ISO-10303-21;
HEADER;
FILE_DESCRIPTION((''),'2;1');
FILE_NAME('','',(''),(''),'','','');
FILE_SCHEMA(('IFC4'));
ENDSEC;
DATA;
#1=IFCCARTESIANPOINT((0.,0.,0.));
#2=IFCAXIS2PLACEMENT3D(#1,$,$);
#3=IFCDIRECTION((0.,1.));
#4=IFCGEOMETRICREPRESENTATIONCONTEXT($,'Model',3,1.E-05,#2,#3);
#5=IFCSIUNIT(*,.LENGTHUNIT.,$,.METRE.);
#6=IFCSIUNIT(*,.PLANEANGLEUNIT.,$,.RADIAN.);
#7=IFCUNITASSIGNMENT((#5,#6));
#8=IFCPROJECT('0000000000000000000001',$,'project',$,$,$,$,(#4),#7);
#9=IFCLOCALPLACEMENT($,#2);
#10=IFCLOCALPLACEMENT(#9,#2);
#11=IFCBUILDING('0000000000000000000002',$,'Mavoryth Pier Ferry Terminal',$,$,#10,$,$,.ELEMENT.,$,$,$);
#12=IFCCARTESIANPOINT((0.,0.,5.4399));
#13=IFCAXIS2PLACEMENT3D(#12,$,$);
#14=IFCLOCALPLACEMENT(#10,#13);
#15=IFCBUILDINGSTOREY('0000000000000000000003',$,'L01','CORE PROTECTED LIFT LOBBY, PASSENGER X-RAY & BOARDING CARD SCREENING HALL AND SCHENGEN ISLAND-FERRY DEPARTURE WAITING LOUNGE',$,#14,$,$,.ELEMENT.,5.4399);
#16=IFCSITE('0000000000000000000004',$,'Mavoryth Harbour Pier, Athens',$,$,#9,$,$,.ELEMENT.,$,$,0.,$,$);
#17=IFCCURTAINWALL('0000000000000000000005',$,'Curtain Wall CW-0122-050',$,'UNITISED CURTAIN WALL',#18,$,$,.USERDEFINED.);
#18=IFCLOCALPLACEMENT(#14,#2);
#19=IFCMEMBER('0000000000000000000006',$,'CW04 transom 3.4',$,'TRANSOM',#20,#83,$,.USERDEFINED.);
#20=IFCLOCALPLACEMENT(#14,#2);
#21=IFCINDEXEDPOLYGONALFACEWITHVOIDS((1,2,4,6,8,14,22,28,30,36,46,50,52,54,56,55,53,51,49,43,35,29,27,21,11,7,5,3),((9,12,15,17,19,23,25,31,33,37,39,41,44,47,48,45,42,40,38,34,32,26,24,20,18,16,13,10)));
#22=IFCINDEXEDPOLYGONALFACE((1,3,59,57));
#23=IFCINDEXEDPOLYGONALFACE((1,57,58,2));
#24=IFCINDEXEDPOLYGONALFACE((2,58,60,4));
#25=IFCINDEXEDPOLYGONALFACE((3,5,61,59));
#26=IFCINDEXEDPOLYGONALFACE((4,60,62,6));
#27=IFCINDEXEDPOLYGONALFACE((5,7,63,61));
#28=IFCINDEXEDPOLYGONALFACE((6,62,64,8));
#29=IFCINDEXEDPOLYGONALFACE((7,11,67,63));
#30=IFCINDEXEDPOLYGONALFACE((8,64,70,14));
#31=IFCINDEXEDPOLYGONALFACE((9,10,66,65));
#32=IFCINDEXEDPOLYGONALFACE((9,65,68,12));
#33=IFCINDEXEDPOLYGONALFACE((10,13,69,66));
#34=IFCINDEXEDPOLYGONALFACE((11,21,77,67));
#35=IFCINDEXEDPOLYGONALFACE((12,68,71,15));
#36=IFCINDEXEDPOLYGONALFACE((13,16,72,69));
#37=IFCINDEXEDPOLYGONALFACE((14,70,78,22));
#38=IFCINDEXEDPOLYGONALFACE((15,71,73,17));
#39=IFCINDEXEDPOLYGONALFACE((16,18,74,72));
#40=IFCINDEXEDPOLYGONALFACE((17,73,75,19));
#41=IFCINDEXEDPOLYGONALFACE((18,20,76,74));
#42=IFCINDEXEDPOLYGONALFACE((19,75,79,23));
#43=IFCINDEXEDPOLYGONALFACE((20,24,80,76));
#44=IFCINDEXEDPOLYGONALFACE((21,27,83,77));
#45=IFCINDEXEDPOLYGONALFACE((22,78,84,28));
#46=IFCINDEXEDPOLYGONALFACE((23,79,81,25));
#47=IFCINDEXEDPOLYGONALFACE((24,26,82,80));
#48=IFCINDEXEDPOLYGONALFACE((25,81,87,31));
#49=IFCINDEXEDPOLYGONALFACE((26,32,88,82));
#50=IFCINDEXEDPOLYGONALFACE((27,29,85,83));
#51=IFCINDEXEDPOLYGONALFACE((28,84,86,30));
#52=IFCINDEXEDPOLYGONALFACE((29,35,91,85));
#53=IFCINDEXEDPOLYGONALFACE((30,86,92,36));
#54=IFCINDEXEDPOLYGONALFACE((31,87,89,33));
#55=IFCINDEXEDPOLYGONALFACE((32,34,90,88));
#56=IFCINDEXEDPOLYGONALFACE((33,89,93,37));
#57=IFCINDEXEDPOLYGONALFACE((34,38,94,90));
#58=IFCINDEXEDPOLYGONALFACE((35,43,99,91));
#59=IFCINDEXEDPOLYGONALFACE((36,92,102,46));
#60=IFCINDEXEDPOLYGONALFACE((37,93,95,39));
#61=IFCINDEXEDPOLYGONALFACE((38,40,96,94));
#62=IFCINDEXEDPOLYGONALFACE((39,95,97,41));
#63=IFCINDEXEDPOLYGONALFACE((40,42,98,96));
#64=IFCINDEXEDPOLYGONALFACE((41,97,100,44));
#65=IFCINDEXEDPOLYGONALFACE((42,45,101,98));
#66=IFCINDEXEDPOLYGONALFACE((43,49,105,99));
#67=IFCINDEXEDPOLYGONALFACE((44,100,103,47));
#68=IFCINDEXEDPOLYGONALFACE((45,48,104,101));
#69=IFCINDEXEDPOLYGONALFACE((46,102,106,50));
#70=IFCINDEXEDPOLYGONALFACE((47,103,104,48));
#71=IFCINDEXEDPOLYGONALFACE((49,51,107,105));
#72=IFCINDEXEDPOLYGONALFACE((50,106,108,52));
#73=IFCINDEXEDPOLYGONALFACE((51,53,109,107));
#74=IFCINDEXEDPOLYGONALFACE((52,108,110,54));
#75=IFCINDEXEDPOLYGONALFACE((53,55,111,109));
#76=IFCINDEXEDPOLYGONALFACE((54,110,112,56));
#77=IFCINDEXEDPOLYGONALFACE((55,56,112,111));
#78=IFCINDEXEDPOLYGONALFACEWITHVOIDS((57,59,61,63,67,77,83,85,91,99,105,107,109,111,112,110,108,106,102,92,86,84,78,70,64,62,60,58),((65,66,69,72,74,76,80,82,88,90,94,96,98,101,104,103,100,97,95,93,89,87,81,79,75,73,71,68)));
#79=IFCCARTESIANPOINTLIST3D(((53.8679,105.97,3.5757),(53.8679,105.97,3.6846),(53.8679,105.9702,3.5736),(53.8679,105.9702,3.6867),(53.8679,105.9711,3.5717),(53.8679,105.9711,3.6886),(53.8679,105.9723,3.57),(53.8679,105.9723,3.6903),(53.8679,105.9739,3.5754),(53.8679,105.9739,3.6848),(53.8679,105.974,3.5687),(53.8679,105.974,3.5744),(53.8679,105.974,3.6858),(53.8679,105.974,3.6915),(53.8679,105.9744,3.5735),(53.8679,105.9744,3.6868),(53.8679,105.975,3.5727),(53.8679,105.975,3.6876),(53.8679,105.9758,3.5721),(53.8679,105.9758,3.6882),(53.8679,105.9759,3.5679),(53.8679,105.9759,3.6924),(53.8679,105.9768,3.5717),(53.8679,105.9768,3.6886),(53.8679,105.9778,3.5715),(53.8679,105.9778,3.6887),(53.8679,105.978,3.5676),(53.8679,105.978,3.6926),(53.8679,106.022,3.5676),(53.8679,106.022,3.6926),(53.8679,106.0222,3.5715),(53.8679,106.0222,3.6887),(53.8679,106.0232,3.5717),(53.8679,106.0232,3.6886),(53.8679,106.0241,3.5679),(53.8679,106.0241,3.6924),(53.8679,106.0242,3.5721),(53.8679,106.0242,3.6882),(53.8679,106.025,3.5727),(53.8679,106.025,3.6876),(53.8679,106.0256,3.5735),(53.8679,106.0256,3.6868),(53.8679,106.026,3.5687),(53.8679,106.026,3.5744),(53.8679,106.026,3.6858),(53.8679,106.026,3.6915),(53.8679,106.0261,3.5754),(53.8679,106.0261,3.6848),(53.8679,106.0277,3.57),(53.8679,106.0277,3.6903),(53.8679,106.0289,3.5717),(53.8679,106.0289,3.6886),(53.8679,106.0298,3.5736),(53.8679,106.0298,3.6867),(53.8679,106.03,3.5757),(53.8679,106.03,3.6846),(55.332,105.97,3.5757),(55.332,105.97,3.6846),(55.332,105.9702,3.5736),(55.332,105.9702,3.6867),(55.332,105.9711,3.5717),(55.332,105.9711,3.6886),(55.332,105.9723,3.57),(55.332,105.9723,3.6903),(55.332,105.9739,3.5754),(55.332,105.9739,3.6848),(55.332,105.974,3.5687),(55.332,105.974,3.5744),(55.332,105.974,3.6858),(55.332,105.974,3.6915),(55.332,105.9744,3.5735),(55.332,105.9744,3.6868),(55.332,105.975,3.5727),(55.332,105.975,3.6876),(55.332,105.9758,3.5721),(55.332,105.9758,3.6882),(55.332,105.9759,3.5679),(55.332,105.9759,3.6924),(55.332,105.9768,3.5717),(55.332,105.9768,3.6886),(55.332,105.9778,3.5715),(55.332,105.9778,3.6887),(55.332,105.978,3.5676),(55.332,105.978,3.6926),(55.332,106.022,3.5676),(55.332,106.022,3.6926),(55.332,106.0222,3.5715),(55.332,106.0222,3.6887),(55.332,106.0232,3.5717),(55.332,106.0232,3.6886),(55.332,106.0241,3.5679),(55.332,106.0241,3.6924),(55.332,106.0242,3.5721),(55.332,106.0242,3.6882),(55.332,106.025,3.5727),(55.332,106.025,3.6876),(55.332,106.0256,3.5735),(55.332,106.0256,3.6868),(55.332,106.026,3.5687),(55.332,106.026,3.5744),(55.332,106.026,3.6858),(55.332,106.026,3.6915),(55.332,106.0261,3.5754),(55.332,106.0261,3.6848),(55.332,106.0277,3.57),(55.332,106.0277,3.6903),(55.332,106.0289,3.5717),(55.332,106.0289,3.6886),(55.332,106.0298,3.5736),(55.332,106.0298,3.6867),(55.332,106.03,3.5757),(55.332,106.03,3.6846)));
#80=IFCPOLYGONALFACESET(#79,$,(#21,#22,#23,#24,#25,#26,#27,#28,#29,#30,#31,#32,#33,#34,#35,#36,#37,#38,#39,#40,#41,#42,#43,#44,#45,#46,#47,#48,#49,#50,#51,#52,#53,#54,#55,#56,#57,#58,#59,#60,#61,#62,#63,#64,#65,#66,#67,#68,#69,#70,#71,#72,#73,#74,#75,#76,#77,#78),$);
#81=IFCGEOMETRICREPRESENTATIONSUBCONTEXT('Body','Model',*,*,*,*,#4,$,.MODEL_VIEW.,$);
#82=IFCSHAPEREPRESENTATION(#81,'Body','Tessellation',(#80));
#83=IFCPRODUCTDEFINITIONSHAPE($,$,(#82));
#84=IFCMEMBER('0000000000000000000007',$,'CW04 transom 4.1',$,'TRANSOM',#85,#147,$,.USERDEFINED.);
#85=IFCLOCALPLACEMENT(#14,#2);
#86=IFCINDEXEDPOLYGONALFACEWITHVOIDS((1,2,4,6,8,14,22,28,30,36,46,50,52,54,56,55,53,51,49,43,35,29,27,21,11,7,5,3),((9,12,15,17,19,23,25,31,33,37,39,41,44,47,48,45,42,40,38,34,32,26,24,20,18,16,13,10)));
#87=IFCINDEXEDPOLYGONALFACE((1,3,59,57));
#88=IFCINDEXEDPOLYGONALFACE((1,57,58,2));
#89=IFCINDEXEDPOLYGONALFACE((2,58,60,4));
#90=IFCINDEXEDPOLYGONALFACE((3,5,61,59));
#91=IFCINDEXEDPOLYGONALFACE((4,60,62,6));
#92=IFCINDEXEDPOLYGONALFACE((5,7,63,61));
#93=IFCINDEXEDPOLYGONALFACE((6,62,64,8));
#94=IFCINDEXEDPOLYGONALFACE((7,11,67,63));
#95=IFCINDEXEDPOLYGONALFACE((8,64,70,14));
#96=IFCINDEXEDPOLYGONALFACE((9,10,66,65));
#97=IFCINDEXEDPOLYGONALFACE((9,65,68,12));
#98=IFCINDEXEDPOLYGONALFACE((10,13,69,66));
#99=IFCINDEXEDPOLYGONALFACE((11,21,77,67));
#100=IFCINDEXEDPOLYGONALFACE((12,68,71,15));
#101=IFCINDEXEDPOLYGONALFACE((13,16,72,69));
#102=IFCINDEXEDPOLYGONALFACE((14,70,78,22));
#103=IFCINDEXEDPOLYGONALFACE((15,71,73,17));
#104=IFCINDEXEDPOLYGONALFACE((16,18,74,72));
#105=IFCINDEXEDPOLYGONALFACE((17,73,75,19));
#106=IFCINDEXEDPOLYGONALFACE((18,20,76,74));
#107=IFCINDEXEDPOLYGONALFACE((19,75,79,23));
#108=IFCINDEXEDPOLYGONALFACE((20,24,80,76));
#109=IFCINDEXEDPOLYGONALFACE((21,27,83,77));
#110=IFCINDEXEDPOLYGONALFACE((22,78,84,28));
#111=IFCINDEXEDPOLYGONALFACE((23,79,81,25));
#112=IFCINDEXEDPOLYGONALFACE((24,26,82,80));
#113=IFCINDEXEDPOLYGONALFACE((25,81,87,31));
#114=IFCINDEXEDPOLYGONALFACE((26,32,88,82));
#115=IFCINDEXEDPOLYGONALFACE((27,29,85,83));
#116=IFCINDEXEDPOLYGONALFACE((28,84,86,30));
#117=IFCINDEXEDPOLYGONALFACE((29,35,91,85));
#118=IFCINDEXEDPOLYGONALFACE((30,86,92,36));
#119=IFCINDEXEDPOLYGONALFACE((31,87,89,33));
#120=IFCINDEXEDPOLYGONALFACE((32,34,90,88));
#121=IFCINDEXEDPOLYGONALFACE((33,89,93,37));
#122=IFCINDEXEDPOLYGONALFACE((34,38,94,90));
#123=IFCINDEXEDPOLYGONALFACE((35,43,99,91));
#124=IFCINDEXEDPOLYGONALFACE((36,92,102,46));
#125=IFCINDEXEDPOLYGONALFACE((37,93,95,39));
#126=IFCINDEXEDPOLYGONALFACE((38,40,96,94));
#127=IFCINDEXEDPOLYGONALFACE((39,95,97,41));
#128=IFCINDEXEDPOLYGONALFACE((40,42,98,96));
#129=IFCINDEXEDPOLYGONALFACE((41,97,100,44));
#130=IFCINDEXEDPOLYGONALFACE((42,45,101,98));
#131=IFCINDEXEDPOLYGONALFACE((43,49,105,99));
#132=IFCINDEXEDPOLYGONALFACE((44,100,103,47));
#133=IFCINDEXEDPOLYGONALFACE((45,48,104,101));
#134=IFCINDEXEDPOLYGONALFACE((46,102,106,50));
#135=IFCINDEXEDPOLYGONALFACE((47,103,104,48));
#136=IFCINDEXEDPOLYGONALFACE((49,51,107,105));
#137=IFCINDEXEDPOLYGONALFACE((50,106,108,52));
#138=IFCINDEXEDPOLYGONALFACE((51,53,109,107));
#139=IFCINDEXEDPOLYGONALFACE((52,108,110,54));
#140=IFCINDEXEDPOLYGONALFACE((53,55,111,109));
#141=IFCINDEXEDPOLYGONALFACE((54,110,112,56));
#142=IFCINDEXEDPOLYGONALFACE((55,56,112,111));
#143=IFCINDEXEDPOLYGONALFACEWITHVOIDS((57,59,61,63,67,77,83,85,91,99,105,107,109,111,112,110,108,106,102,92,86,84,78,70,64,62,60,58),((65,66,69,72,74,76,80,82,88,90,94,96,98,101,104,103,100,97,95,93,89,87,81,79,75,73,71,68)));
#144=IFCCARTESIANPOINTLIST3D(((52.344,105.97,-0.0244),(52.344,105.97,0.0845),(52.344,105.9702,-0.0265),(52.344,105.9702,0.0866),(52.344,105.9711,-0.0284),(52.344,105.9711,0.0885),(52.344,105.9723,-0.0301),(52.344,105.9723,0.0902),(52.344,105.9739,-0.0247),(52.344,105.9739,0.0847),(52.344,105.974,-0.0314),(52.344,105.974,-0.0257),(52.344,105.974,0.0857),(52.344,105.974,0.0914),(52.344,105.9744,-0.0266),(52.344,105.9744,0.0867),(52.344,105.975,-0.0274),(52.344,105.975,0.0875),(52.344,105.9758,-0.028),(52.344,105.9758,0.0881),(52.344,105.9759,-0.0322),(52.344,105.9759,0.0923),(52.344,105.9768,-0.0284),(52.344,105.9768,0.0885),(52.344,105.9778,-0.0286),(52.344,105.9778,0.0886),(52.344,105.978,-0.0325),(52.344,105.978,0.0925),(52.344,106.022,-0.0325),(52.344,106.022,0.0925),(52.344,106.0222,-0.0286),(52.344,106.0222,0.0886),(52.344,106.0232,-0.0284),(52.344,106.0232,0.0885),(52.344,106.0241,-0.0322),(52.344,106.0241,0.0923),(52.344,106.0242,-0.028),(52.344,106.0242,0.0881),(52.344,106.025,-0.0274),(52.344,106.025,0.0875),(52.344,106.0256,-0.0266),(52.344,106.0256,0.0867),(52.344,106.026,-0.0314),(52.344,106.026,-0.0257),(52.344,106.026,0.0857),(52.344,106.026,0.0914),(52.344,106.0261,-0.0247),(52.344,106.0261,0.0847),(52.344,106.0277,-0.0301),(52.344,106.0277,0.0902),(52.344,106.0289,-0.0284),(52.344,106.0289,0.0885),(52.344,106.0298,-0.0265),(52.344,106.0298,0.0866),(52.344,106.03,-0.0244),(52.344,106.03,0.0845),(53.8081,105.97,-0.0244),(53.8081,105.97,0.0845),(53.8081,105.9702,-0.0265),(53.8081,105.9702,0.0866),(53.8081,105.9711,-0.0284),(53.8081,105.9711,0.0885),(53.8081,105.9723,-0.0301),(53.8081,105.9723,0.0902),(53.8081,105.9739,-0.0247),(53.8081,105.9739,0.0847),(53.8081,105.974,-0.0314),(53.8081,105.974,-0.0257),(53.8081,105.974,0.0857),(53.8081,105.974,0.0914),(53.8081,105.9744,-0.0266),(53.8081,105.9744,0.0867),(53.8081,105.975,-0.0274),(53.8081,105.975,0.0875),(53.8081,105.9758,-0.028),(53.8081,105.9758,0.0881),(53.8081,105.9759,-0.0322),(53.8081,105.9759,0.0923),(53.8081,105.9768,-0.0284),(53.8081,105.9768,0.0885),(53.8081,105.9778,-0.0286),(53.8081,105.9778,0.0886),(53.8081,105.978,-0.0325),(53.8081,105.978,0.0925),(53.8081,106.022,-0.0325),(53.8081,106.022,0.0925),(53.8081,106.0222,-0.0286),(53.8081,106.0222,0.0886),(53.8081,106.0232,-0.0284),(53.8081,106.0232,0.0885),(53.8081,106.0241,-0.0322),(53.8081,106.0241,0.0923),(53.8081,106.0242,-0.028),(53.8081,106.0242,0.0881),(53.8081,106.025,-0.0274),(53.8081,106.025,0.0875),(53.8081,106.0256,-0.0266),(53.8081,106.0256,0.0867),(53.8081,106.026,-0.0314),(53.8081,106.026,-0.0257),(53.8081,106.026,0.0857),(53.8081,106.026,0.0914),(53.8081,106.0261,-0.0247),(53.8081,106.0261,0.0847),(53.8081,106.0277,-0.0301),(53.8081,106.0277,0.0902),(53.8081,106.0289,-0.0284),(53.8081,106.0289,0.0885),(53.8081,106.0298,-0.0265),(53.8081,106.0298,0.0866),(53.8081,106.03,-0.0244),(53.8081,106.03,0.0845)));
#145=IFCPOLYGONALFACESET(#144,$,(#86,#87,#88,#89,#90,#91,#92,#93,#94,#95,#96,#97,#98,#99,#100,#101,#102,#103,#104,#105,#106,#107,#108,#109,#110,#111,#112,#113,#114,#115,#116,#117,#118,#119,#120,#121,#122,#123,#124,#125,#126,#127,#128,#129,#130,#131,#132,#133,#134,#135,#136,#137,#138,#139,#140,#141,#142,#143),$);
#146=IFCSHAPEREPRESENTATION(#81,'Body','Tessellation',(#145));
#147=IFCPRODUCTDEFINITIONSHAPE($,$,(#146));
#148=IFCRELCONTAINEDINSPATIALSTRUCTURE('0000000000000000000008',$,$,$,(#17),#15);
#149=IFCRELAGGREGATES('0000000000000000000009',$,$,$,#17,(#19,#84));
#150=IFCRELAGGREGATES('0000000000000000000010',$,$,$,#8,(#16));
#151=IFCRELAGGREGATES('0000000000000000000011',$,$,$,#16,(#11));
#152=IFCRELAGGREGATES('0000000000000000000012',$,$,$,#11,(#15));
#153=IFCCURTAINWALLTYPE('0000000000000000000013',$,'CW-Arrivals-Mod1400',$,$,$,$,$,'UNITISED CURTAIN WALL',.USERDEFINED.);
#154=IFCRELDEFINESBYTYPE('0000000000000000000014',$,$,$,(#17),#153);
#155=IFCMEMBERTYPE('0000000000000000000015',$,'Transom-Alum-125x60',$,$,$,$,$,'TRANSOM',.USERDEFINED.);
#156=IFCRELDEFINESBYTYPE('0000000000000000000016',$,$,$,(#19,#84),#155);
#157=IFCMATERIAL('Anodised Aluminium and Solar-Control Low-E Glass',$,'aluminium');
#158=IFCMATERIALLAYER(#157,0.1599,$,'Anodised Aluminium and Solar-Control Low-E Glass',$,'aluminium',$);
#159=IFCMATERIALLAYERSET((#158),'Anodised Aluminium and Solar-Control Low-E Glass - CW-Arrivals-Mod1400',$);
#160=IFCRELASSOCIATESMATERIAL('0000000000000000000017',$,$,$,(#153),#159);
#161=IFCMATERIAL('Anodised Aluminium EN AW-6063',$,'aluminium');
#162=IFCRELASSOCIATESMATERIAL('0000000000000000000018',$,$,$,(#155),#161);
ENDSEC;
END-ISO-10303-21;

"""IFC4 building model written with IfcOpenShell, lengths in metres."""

from ifc_helpers import new_model, si_unit, direction, frame, origin, origin_2d, place, context, subcontext, project, spatial, hollow_rectangle, extrude, material, layer, layer_set, material_profile, profile_set, type_object, element, aggregate, save


model = new_model("IFC4")

# Units and contexts
model_context = context("Model", 3, precision=1e-05, world=origin(), true_north=direction((0.0, 1.0)))
body_context = subcontext(model_context, "Body", "Model", "MODEL_VIEW")
ifc_project = project(units=[si_unit("LENGTHUNIT", "METRE"), si_unit("PLANEANGLEUNIT", "RADIAN")], contexts=[model_context])

# Site, building, storey
site_placement = place(None, origin())
site = spatial("IfcSite", under=ifc_project, at=site_placement, Name="Mavoryth Harbour Pier, Athens", CompositionType="ELEMENT", RefElevation=0.0)
building_placement = place(site_placement, origin())
building = spatial("IfcBuilding", under=site, at=building_placement, Name="Mavoryth Pier Ferry Terminal", CompositionType="ELEMENT")
storey_placement = place(building_placement, frame((0.0, 0.0, 5.4399)))
storey = spatial("IfcBuildingStorey", under=building, at=storey_placement, Name="L01", Description="CORE PROTECTED LIFT LOBBY, PASSENGER X-RAY & BOARDING CARD SCREENING HALL AND SCHENGEN ISLAND-FERRY DEPARTURE WAITING LOUNGE", CompositionType="ELEMENT", Elevation=5.4399)

# Curtain wall
ifc_material_1 = material(Name="Anodised Aluminium and Solar-Control Low-E Glass", Category="aluminium")
ifc_layer_1 = layer(ifc_material_1, 0.1599, Name="Anodised Aluminium and Solar-Control Low-E Glass", Category="aluminium")
ifc_layer_set_1 = layer_set([ifc_layer_1], Name="Anodised Aluminium and Solar-Control Low-E Glass - CW-Arrivals-Mod1400")
curtain_wall_type = type_object("IfcCurtainWallType", Name="CW-Arrivals-Mod1400", ElementType="UNITISED CURTAIN WALL", PredefinedType="USERDEFINED", material=ifc_layer_set_1)
curtain_wall_placement = place(storey_placement, origin())
curtain_wall = element("IfcCurtainWall", 1, at=curtain_wall_placement, inside=storey, type_object=curtain_wall_type, Name="Curtain Wall CW-0122-050", ObjectType="UNITISED CURTAIN WALL", PredefinedType="USERDEFINED")
ifc_material_2 = material(Name="Anodised Aluminium EN AW-6063", Category="aluminium")

# Members
ifc_material_profile_1 = material_profile(ifc_material_2, hollow_rectangle(XDim=0.0601, YDim=0.125, WallThickness=0.0039, InnerFilletRadius=0.0039, OuterFilletRadius=0.0081, at=origin_2d()), Name="AL-TRAN 125x60x4", Category="aluminium")
ifc_profile_set_1 = profile_set([ifc_material_profile_1], Name="Anodised Aluminium EN AW-6063 - AL-TRAN 125x60x4")
member_type_1 = type_object("IfcMemberType", Name="Transom-Alum-125x60", ElementType="TRANSOM", PredefinedType="USERDEFINED", material=ifc_profile_set_1)
member_1_placement = place(storey_placement, frame((55.332, 106.0, 3.6301), z_axis=(-1.0, 0.0, 0.0), x_axis=(0.0, -1.0, 0.0)))
member_1 = element("IfcMember", 2, at=member_1_placement, type_object=member_type_1, Name="CW04 transom 3.4", ObjectType="TRANSOM", PredefinedType="USERDEFINED", context=body_context, shape_type="SweptSolid", body=[
    extrude(hollow_rectangle(XDim=0.0601, YDim=0.125, WallThickness=0.0039, InnerFilletRadius=0.0039, OuterFilletRadius=0.0081, at=origin_2d()), origin(), (0.0, 0.0, 1.0), 1.4641),
])
member_2_placement = place(storey_placement, frame((53.8081, 106.0, 0.03), z_axis=(-1.0, 0.0, 0.0), x_axis=(0.0, -1.0, 0.0)))
member_2 = element("IfcMember", 3, at=member_2_placement, type_object=member_type_1, Name="CW04 transom 4.1", ObjectType="TRANSOM", PredefinedType="USERDEFINED", context=body_context, shape_type="SweptSolid", body=[
    extrude(hollow_rectangle(XDim=0.0601, YDim=0.125, WallThickness=0.0039, InnerFilletRadius=0.0039, OuterFilletRadius=0.0081, at=origin_2d()), origin(), (0.0, 0.0, 1.0), 1.4641),
])

aggregate(curtain_wall, [member_1, member_2])

save(model, "model.ifc")
